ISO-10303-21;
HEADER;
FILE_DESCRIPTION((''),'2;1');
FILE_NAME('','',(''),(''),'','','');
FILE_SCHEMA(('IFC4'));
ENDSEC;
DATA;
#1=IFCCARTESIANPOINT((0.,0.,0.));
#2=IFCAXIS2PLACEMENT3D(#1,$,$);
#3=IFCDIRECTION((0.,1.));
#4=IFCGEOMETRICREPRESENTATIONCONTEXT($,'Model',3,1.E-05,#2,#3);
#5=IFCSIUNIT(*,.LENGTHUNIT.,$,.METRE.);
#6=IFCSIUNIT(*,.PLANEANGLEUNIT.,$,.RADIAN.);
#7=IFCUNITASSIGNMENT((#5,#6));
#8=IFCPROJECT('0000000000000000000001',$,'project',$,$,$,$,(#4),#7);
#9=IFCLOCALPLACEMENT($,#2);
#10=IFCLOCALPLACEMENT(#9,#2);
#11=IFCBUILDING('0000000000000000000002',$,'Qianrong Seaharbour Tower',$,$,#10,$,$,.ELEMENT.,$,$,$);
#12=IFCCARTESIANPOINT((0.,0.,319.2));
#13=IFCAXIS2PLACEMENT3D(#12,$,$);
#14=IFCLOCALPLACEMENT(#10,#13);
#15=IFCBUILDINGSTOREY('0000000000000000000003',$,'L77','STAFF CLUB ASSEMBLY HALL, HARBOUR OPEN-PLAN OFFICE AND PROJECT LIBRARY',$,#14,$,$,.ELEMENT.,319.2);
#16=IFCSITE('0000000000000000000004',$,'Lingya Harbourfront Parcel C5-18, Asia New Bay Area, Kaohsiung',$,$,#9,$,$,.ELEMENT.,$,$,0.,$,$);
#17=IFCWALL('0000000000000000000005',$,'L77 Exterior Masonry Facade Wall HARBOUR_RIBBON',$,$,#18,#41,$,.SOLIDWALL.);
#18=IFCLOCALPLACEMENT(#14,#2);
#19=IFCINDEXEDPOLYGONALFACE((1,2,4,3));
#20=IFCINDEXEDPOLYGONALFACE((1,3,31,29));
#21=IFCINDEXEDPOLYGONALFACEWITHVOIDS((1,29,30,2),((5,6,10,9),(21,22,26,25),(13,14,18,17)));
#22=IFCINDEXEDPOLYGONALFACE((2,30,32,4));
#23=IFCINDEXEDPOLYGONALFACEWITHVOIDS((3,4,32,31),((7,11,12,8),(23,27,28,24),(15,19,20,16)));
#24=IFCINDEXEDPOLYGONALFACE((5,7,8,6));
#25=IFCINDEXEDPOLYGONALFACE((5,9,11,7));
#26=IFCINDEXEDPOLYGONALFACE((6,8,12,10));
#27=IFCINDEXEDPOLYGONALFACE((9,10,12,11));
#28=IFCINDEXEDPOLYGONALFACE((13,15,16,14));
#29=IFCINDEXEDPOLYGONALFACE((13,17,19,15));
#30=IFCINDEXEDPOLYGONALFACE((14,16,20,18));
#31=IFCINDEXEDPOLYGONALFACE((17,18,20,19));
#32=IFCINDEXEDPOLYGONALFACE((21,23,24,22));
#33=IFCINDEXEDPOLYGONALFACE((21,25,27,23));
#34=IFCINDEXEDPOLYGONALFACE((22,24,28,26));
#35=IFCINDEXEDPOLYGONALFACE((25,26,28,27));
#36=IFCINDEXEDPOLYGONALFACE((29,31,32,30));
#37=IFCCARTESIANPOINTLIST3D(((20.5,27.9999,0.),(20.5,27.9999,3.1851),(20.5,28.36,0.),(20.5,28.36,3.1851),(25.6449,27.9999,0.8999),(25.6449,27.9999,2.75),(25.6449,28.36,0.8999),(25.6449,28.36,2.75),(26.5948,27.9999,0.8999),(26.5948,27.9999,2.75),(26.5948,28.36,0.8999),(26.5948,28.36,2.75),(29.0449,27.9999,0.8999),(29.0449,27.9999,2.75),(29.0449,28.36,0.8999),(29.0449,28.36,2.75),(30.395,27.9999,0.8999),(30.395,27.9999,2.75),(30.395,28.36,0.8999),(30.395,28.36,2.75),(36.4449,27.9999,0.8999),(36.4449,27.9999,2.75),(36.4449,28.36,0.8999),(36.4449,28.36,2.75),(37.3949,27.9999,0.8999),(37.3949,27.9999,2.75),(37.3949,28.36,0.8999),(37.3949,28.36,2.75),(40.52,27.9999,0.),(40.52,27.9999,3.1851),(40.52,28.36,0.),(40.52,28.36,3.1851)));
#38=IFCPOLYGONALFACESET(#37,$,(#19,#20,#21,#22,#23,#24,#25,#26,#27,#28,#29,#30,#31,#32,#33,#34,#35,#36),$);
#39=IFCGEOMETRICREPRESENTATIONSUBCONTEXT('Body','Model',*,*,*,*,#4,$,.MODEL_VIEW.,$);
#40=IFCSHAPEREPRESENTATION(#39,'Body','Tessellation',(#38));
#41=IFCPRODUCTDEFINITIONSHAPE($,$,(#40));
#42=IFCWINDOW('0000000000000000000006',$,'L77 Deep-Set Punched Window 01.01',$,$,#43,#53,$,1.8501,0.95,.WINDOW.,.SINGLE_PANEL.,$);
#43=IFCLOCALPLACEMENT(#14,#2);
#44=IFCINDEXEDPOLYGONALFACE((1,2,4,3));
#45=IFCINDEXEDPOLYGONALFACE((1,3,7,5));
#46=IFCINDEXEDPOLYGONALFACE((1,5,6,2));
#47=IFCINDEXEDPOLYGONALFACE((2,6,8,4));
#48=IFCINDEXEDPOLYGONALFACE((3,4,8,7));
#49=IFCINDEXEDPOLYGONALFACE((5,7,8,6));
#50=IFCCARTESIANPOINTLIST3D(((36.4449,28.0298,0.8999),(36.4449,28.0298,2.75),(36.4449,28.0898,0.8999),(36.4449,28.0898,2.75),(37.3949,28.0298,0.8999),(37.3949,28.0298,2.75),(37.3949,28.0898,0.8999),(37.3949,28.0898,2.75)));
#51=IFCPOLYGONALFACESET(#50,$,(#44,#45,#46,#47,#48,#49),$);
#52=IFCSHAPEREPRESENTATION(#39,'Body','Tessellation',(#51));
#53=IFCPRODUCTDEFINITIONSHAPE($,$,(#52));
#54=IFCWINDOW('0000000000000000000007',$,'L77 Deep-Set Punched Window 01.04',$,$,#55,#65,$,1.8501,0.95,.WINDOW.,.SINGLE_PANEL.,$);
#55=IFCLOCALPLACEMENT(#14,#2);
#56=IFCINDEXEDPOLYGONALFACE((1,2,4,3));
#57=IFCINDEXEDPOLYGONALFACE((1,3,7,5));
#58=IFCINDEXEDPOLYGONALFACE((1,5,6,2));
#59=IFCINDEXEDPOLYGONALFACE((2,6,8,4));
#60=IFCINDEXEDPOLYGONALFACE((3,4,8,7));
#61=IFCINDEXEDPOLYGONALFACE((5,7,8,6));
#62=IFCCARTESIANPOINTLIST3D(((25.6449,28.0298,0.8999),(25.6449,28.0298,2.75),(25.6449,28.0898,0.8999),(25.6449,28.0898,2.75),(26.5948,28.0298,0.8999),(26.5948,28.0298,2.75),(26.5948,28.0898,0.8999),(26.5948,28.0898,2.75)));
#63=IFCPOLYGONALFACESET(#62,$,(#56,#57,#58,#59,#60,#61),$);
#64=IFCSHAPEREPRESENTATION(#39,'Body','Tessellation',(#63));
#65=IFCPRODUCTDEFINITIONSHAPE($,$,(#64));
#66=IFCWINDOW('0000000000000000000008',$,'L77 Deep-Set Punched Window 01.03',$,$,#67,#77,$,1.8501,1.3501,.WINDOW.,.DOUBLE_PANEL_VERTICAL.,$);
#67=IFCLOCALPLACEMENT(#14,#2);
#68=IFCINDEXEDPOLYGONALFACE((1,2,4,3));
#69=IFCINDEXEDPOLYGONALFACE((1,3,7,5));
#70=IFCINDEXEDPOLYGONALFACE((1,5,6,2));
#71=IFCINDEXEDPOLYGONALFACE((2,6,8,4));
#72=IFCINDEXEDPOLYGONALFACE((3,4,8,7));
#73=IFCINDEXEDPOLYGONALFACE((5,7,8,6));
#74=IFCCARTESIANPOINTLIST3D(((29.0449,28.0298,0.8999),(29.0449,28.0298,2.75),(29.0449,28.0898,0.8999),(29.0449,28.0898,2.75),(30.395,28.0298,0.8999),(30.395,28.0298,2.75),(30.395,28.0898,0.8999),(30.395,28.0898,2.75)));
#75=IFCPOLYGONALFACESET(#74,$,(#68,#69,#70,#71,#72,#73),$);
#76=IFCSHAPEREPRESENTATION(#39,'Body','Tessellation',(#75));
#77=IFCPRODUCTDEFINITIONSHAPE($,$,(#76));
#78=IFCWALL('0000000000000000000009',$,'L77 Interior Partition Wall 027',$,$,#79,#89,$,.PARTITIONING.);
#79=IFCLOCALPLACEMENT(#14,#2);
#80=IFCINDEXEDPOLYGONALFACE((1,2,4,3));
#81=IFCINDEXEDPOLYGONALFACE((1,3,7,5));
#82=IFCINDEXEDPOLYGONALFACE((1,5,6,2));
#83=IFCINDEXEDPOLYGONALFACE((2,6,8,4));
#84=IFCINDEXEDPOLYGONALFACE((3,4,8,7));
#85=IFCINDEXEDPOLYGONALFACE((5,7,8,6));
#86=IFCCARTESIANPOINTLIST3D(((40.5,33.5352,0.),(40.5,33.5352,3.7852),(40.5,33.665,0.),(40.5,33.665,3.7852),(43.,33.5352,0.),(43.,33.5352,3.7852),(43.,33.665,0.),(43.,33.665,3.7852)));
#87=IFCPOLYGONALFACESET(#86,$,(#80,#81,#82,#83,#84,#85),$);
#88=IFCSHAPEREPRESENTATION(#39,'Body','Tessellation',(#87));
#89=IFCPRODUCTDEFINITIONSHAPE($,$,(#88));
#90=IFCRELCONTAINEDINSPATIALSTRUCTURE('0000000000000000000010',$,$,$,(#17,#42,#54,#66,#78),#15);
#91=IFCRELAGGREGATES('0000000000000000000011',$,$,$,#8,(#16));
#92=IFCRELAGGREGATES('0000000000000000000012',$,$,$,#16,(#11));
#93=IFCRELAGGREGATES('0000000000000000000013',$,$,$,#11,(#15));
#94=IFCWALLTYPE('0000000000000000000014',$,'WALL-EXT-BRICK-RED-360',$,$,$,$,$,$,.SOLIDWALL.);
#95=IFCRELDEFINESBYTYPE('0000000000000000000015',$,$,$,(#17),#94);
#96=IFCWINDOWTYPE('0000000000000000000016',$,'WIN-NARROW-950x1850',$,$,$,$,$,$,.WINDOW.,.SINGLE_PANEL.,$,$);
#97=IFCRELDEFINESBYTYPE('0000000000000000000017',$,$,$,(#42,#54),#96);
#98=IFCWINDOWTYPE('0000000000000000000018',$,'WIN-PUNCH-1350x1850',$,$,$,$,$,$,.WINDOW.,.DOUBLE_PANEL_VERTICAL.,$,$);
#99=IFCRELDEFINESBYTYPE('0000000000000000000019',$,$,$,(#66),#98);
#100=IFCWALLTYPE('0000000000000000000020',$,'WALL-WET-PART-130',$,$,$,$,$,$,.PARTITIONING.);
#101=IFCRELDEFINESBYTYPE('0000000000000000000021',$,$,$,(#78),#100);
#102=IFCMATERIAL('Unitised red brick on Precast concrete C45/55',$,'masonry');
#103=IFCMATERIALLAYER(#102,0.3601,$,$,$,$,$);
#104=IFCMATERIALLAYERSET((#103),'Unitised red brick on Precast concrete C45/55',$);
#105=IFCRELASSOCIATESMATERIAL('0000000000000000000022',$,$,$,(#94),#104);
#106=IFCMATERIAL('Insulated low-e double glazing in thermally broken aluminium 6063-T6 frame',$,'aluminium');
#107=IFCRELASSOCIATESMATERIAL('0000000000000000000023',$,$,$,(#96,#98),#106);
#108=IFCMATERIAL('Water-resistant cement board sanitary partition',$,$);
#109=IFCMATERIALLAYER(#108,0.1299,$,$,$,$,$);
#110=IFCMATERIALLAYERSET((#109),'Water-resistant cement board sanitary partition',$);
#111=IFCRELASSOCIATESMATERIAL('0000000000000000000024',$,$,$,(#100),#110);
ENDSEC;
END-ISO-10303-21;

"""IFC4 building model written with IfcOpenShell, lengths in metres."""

from ifc_helpers import new_model, si_unit, direction, frame, frame_2d, origin, place, context, subcontext, project, spatial, rectangle, extrude, material, layer, layer_set, type_object, element, fill, save


model = new_model("IFC4")

# Units and contexts
model_context = context("Model", 3, precision=1e-05, world=origin(), true_north=direction((0.0, 1.0)))
body_context = subcontext(model_context, "Body", "Model", "MODEL_VIEW")
ifc_project = project(units=[si_unit("LENGTHUNIT", "METRE"), si_unit("PLANEANGLEUNIT", "RADIAN")], contexts=[model_context])

# Site, building, storey
site_placement = place(None, origin())
site = spatial("IfcSite", under=ifc_project, at=site_placement, Name="Lingya Harbourfront Parcel C5-18, Asia New Bay Area, Kaohsiung", CompositionType="ELEMENT", RefElevation=0.0)
building_placement = place(site_placement, origin())
building = spatial("IfcBuilding", under=site, at=building_placement, Name="Qianrong Seaharbour Tower", CompositionType="ELEMENT")
storey_placement = place(building_placement, frame((0.0, 0.0, 319.2)))
storey = spatial("IfcBuildingStorey", under=building, at=storey_placement, Name="L77", Description="STAFF CLUB ASSEMBLY HALL, HARBOUR OPEN-PLAN OFFICE AND PROJECT LIBRARY", CompositionType="ELEMENT", Elevation=319.2)

# Shared definitions
ifc_material_1 = material(Name="Unitised red brick on Precast concrete C45/55", Category="masonry")
ifc_layer_1 = layer(ifc_material_1, 0.3601)
ifc_layer_set_1 = layer_set([ifc_layer_1], Name="Unitised red brick on Precast concrete C45/55")
wall_type_1 = type_object("IfcWallType", Name="WALL-EXT-BRICK-RED-360", PredefinedType="SOLIDWALL", material=ifc_layer_set_1)

# Wall, openings, windows
wall_1_placement = place(storey_placement, frame((40.52, 28.1799, 0.0), z_axis=(0.0, 0.0, 1.0), x_axis=(-1.0, 0.0, 0.0)))
wall_1 = element("IfcWall", 1, at=wall_1_placement, inside=storey, type_object=wall_type_1, Name="L77 Exterior Masonry Facade Wall HARBOUR_RIBBON", PredefinedType="SOLIDWALL", context=body_context, shape_type="SweptSolid", body=[
    extrude(rectangle(XDim=20.02, YDim=0.3601, at=frame_2d((10.01, 0.0))), origin(), (0.0, 0.0, 1.0), 3.1851),
])
opening_1_placement = place(wall_1_placement, frame((3.125, 0.0, 0.8999)))
opening_1 = element("IfcOpeningElement", 2, at=opening_1_placement, cuts=wall_1, PredefinedType="OPENING", context=body_context, shape_type="SweptSolid", body=[
    extrude(rectangle(XDim=0.95, YDim=1.8501, at=frame_2d((0.4751, 0.925))), frame((0.0, 0.1899, 0.0), z_axis=(0.0, -1.0, 0.0), x_axis=(1.0, 0.0, 0.0)), (0.0, 0.0, 1.0), 0.3801),
])
opening_2_placement = place(wall_1_placement, frame((10.125, 0.0, 0.8999)))
opening_2 = element("IfcOpeningElement", 3, at=opening_2_placement, cuts=wall_1, PredefinedType="OPENING", context=body_context, shape_type="SweptSolid", body=[
    extrude(rectangle(XDim=1.3501, YDim=1.8501, at=frame_2d((0.675, 0.925))), frame((0.0, 0.1899, 0.0), z_axis=(0.0, -1.0, 0.0), x_axis=(1.0, 0.0, 0.0)), (0.0, 0.0, 1.0), 0.3801),
])
opening_3_placement = place(wall_1_placement, frame((13.925, 0.0, 0.8999)))
opening_3 = element("IfcOpeningElement", 4, at=opening_3_placement, cuts=wall_1, PredefinedType="OPENING", context=body_context, shape_type="SweptSolid", body=[
    extrude(rectangle(XDim=0.95, YDim=1.8501, at=frame_2d((0.4751, 0.925))), frame((0.0, 0.1899, 0.0), z_axis=(0.0, -1.0, 0.0), x_axis=(1.0, 0.0, 0.0)), (0.0, 0.0, 1.0), 0.3801),
])
ifc_material_2 = material(Name="Insulated low-e double glazing in thermally broken aluminium 6063-T6 frame", Category="aluminium")
window_type_1 = type_object("IfcWindowType", Name="WIN-NARROW-950x1850", PartitioningType="SINGLE_PANEL", PredefinedType="WINDOW", material=ifc_material_2)
window_1_placement = place(opening_1_placement, origin())
window_1 = element("IfcWindow", 5, at=window_1_placement, inside=storey, type_object=window_type_1, Name="L77 Deep-Set Punched Window 01.01", OverallHeight=1.8501, OverallWidth=0.95, PartitioningType="SINGLE_PANEL", PredefinedType="WINDOW", context=body_context, shape_type="SweptSolid", body=[
    extrude(rectangle(XDim=0.95, YDim=1.8501, at=frame_2d((0.4751, 0.925))), frame((0.0, 0.1501, 0.0), z_axis=(0.0, -1.0, 0.0), x_axis=(1.0, 0.0, 0.0)), (0.0, 0.0, 1.0), 0.0601),
])
fill(opening_1, window_1)
window_2_placement = place(opening_3_placement, origin())
window_2 = element("IfcWindow", 6, at=window_2_placement, inside=storey, type_object=window_type_1, Name="L77 Deep-Set Punched Window 01.04", OverallHeight=1.8501, OverallWidth=0.95, PartitioningType="SINGLE_PANEL", PredefinedType="WINDOW", context=body_context, shape_type="SweptSolid", body=[
    extrude(rectangle(XDim=0.95, YDim=1.8501, at=frame_2d((0.4751, 0.925))), frame((0.0, 0.1501, 0.0), z_axis=(0.0, -1.0, 0.0), x_axis=(1.0, 0.0, 0.0)), (0.0, 0.0, 1.0), 0.0601),
])
fill(opening_3, window_2)
window_type_2 = type_object("IfcWindowType", Name="WIN-PUNCH-1350x1850", PartitioningType="DOUBLE_PANEL_VERTICAL", PredefinedType="WINDOW", material=ifc_material_2)
window_3_placement = place(opening_2_placement, origin())
window_3 = element("IfcWindow", 7, at=window_3_placement, inside=storey, type_object=window_type_2, Name="L77 Deep-Set Punched Window 01.03", OverallHeight=1.8501, OverallWidth=1.3501, PartitioningType="DOUBLE_PANEL_VERTICAL", PredefinedType="WINDOW", context=body_context, shape_type="SweptSolid", body=[
    extrude(rectangle(XDim=1.3501, YDim=1.8501, at=frame_2d((0.675, 0.925))), frame((0.0, 0.1501, 0.0), z_axis=(0.0, -1.0, 0.0), x_axis=(1.0, 0.0, 0.0)), (0.0, 0.0, 1.0), 0.0601),
])
fill(opening_2, window_3)

# Wall
ifc_material_3 = material(Name="Water-resistant cement board sanitary partition")
ifc_layer_2 = layer(ifc_material_3, 0.1299)
ifc_layer_set_2 = layer_set([ifc_layer_2], Name="Water-resistant cement board sanitary partition")
wall_type_2 = type_object("IfcWallType", Name="WALL-WET-PART-130", PredefinedType="PARTITIONING", material=ifc_layer_set_2)
wall_2_placement = place(storey_placement, frame((43.0, 33.6001, 0.0), z_axis=(0.0, 0.0, 1.0), x_axis=(-1.0, 0.0, 0.0)))
element("IfcWall", 8, at=wall_2_placement, inside=storey, type_object=wall_type_2, Name="L77 Interior Partition Wall 027", PredefinedType="PARTITIONING", context=body_context, shape_type="SweptSolid", body=[
    extrude(rectangle(XDim=2.5, YDim=0.1299, at=frame_2d((1.25, 0.0))), origin(), (0.0, 0.0, 1.0), 3.7852),
])

save(model, "model.ifc")
